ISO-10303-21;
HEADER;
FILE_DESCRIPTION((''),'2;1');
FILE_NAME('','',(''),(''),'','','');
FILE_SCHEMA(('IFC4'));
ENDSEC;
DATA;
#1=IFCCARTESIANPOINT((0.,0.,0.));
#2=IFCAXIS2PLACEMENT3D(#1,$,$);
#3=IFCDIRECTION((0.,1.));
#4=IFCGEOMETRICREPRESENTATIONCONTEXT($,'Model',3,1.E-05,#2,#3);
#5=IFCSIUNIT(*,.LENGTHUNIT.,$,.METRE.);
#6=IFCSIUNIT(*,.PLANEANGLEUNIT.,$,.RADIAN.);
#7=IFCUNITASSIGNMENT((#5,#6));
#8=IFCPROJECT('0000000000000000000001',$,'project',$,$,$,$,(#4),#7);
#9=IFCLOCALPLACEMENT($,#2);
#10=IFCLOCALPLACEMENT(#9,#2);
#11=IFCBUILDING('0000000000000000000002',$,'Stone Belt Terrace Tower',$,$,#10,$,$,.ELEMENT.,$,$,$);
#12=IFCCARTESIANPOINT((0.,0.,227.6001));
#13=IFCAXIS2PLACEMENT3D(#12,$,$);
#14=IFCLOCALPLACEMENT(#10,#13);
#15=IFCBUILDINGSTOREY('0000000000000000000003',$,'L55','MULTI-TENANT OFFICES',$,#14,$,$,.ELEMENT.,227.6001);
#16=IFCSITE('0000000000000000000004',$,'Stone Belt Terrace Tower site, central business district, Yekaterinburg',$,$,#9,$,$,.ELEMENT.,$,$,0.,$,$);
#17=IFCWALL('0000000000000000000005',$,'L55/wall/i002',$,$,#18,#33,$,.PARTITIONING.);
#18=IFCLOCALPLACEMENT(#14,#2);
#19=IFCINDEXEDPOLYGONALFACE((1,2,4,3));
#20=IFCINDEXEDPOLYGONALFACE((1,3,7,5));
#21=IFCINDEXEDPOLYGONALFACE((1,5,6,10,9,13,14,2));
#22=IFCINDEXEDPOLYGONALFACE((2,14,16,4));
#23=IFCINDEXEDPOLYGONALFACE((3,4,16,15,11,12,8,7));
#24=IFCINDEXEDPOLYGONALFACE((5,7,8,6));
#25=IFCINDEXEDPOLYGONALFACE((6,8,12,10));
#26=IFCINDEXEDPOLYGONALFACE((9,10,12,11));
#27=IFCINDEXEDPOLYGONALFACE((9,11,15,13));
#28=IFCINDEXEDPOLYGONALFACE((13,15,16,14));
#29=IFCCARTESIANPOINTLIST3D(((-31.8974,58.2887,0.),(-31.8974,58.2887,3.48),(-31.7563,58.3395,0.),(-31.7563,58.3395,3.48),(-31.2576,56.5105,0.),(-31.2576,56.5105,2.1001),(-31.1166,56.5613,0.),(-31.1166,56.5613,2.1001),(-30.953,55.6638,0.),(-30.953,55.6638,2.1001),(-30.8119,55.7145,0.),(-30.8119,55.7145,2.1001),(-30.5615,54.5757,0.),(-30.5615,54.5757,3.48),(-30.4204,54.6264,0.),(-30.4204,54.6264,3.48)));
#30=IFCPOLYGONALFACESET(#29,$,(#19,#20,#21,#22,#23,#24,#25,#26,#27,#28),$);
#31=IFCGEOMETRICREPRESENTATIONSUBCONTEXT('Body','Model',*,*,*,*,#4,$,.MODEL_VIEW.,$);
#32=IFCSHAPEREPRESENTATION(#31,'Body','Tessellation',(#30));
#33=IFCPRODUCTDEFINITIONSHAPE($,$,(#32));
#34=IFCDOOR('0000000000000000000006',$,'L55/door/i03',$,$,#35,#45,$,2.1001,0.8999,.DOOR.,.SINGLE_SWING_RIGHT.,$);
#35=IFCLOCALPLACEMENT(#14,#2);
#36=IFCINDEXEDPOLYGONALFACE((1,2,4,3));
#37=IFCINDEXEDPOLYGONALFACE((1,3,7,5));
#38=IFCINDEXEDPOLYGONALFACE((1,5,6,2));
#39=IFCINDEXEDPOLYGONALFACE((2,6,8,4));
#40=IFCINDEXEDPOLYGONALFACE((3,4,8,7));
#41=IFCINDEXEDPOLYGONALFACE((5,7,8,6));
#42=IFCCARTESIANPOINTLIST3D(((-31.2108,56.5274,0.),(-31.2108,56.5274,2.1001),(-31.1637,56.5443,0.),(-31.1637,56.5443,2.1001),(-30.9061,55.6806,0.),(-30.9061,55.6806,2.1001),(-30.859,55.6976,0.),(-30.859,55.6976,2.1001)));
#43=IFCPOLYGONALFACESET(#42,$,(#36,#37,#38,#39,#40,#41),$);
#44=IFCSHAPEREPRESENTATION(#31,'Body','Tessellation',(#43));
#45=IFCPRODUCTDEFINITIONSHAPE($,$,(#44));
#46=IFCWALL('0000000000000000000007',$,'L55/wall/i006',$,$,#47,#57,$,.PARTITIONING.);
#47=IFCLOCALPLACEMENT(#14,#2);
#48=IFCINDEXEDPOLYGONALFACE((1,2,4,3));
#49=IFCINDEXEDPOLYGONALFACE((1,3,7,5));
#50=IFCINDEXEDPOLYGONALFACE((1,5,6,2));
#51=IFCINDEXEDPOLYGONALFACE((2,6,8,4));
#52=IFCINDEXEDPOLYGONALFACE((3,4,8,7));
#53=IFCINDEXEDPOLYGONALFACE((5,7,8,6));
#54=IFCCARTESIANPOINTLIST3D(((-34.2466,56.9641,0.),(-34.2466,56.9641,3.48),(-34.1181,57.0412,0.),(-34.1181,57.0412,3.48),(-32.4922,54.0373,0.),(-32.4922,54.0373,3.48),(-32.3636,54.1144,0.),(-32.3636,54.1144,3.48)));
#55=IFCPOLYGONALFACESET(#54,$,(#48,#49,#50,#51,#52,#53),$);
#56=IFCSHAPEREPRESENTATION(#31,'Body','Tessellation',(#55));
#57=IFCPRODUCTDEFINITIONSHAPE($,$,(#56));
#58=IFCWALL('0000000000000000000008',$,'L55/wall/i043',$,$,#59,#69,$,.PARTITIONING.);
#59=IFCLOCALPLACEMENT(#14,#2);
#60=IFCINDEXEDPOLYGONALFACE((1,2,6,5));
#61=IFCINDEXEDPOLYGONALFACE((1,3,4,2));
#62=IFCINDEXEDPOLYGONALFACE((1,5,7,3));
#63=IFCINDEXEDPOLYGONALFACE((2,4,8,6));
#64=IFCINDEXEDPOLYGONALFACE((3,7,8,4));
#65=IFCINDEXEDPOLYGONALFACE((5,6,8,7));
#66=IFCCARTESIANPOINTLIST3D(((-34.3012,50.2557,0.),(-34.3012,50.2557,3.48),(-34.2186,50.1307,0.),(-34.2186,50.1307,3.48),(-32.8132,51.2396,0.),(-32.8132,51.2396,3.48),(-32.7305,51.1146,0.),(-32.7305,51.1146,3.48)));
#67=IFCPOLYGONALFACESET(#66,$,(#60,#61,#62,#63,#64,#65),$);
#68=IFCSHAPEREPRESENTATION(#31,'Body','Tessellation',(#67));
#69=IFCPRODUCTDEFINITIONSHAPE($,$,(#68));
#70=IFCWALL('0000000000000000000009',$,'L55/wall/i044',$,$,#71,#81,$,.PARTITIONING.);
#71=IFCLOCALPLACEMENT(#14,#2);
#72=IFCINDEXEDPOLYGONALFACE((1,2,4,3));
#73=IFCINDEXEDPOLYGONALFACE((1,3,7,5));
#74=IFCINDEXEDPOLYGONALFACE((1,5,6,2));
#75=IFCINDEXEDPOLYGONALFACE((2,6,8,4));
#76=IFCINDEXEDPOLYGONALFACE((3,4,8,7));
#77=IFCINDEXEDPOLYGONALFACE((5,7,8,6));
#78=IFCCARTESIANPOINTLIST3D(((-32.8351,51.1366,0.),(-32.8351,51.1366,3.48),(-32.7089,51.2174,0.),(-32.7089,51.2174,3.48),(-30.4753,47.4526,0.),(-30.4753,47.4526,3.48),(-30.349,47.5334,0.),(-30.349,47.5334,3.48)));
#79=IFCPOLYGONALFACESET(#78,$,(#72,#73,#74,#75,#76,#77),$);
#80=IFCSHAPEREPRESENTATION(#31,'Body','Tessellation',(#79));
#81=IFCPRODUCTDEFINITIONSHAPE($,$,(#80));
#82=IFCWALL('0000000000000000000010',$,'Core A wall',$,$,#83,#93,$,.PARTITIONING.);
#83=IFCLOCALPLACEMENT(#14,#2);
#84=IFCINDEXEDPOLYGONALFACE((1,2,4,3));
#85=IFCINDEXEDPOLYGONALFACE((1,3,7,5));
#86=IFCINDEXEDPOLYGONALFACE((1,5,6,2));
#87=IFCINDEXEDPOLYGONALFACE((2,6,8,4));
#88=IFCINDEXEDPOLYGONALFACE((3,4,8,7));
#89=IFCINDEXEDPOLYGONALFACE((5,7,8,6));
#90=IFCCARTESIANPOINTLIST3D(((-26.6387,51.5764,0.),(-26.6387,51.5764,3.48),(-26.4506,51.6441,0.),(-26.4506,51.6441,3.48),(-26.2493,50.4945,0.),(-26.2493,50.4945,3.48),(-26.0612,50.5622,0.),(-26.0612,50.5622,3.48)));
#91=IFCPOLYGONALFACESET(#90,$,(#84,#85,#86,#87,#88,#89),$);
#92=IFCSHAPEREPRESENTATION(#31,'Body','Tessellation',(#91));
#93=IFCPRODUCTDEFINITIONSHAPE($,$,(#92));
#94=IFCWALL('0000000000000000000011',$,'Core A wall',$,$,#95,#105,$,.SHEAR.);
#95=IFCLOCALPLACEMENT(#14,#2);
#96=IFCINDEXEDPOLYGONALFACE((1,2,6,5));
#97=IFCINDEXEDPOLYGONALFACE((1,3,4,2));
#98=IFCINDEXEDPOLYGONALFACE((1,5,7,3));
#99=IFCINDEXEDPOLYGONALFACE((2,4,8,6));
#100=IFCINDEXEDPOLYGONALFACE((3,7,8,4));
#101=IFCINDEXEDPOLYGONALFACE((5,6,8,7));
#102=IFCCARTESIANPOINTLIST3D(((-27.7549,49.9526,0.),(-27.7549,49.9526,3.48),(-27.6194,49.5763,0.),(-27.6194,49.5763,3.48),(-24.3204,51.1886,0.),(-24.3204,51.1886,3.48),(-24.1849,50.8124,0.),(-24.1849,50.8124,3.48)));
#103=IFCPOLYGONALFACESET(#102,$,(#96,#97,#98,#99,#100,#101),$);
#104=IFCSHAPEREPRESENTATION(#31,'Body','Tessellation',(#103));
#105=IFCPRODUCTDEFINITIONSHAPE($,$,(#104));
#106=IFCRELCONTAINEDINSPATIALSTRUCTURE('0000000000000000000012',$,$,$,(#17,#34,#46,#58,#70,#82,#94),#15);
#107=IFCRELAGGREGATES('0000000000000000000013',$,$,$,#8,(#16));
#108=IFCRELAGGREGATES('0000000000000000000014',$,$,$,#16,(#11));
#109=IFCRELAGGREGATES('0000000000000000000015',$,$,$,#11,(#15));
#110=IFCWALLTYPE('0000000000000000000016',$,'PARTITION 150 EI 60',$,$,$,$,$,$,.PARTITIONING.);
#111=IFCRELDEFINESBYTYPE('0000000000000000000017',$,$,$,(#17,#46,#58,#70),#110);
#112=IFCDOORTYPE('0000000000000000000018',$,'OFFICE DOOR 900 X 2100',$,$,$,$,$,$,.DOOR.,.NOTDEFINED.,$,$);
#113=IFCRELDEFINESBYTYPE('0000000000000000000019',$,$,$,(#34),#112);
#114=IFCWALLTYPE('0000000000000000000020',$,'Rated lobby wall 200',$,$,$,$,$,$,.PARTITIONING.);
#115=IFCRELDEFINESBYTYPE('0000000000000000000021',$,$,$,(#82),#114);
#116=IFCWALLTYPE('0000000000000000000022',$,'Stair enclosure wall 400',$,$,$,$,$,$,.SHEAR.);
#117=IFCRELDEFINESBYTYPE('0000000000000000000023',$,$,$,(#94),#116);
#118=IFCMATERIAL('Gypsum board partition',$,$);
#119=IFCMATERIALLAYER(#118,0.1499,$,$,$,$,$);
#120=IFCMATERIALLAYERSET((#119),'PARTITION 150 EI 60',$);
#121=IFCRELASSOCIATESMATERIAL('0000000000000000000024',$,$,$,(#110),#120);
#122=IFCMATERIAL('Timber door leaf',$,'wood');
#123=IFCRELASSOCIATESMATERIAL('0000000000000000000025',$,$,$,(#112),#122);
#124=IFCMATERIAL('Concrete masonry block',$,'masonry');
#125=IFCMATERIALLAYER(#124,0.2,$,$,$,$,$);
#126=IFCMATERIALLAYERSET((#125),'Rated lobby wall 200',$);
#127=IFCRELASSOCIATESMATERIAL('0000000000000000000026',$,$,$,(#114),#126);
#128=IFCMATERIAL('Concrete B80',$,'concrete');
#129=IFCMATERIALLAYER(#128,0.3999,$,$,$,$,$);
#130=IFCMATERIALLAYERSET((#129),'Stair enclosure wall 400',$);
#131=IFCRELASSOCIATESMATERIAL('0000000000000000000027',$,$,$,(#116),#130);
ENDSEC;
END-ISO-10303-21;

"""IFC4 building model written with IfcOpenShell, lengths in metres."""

from ifc_helpers import new_model, si_unit, direction, frame, frame_2d, origin, place, context, subcontext, project, spatial, rectangle, extrude, material, layer, layer_set, type_object, element, fill, save


model = new_model("IFC4")

# Units and contexts
model_context = context("Model", 3, precision=1e-05, world=origin(), true_north=direction((0.0, 1.0)))
body_context = subcontext(model_context, "Body", "Model", "MODEL_VIEW")
ifc_project = project(units=[si_unit("LENGTHUNIT", "METRE"), si_unit("PLANEANGLEUNIT", "RADIAN")], contexts=[model_context])

# Site, building, storey
site_placement = place(None, origin())
site = spatial("IfcSite", under=ifc_project, at=site_placement, Name="Stone Belt Terrace Tower site, central business district, Yekaterinburg", CompositionType="ELEMENT", RefElevation=0.0)
building_placement = place(site_placement, origin())
building = spatial("IfcBuilding", under=site, at=building_placement, Name="Stone Belt Terrace Tower", CompositionType="ELEMENT")
storey_placement = place(building_placement, frame((0.0, 0.0, 227.6001)))
storey = spatial("IfcBuildingStorey", under=building, at=storey_placement, Name="L55", Description="MULTI-TENANT OFFICES", CompositionType="ELEMENT", Elevation=227.6001)

# Shared definitions
ifc_material_1 = material(Name="Timber door leaf", Category="wood")

# Shared definitions
ifc_material_2 = material(Name="Concrete B80", Category="concrete")

# Wall, opening, door
ifc_material_3 = material(Name="Gypsum board partition")
ifc_layer_1 = layer(ifc_material_3, 0.1499)
ifc_layer_set_1 = layer_set([ifc_layer_1], Name="PARTITION 150 EI 60")
wall_type_1 = type_object("IfcWallType", Name="PARTITION 150 EI 60", PredefinedType="PARTITIONING", material=ifc_layer_set_1)
wall_1_placement = place(storey_placement, frame((-31.8269, 58.3142, 0.0), z_axis=(0.0, 0.0, 1.0), x_axis=(0.338542, -0.940951, 0.0)))
wall_1 = element("IfcWall", 1, at=wall_1_placement, inside=storey, type_object=wall_type_1, Name="L55/wall/i002", PredefinedType="PARTITIONING", context=body_context, shape_type="SweptSolid", body=[
    extrude(rectangle(XDim=3.946, YDim=0.1499, at=frame_2d((1.9731, 0.0))), origin(), (0.0, 0.0, 1.0), 3.48),
])
opening_1_placement = place(wall_1_placement, frame((1.8899, 0.0, 0.0)))
opening_1 = element("IfcOpeningElement", 2, at=opening_1_placement, cuts=wall_1, PredefinedType="OPENING", context=body_context, shape_type="SweptSolid", body=[
    extrude(rectangle(XDim=0.8999, YDim=2.1001, at=frame_2d((0.45, 1.05))), frame((0.0, 0.085, 0.0), z_axis=(0.0, -1.0, 0.0), x_axis=(1.0, 0.0, 0.0)), (0.0, 0.0, 1.0), 0.1699),
])
door_type_1 = type_object("IfcDoorType", Name="OFFICE DOOR 900 X 2100", OperationType="NOTDEFINED", PredefinedType="DOOR", material=ifc_material_1)
door_1_placement = place(opening_1_placement, origin())
door_1 = element("IfcDoor", 3, at=door_1_placement, inside=storey, type_object=door_type_1, Name="L55/door/i03", OperationType="SINGLE_SWING_RIGHT", OverallHeight=2.1001, OverallWidth=0.8999, PredefinedType="DOOR", context=body_context, shape_type="SweptSolid", body=[
    extrude(rectangle(XDim=0.8999, YDim=2.1001, at=frame_2d((0.45, 1.05))), frame((0.0, 0.0249, 0.0), z_axis=(0.0, -1.0, 0.0), x_axis=(1.0, 0.0, 0.0)), (0.0, 0.0, 1.0), 0.05),
])
fill(opening_1, door_1)

# Walls
wall_2_placement = place(storey_placement, frame((-32.428, 54.0759, 0.0), z_axis=(0.0, 0.0, 1.0), x_axis=(-0.514138, 0.857707, 0.0)))
element("IfcWall", 4, at=wall_2_placement, inside=storey, type_object=wall_type_1, Name="L55/wall/i006", PredefinedType="PARTITIONING", context=body_context, shape_type="SweptSolid", body=[
    extrude(rectangle(XDim=3.4124, YDim=0.1499, at=frame_2d((1.7061, 0.0))), origin(), (0.0, 0.0, 1.0), 3.48),
])
wall_3_placement = place(storey_placement, frame((-34.26, 50.1931, 0.0), z_axis=(0.0, 0.0, 1.0), x_axis=(0.83415, 0.551538, 0.0)))
element("IfcWall", 5, at=wall_3_placement, inside=storey, type_object=wall_type_1, Name="L55/wall/i043", PredefinedType="PARTITIONING", context=body_context, shape_type="SweptSolid", body=[
    extrude(rectangle(XDim=1.7839, YDim=0.1499, at=frame_2d((0.8921, 0.0))), origin(), (0.0, 0.0, 1.0), 3.48),
])
wall_4_placement = place(storey_placement, frame((-32.772, 51.177, 0.0), z_axis=(0.0, 0.0, 1.0), x_axis=(0.539386, -0.842059, 0.0)))
element("IfcWall", 6, at=wall_4_placement, inside=storey, type_object=wall_type_1, Name="L55/wall/i044", PredefinedType="PARTITIONING", context=body_context, shape_type="SweptSolid", body=[
    extrude(rectangle(XDim=4.375, YDim=0.1499, at=frame_2d((2.1875, 0.0))), origin(), (0.0, 0.0, 1.0), 3.48),
])
ifc_material_4 = material(Name="Concrete masonry block", Category="masonry")
ifc_layer_2 = layer(ifc_material_4, 0.2)
ifc_layer_set_2 = layer_set([ifc_layer_2], Name="Rated lobby wall 200")
wall_type_2 = type_object("IfcWallType", Name="Rated lobby wall 200", PredefinedType="PARTITIONING", material=ifc_layer_set_2)
wall_5_placement = place(storey_placement, frame((-26.1553, 50.5283, 0.0), z_axis=(0.0, 0.0, 1.0), x_axis=(-0.338622, 0.940923, 0.0)))
element("IfcWall", 7, at=wall_5_placement, inside=storey, type_object=wall_type_2, Name="Core A wall", PredefinedType="PARTITIONING", context=body_context, shape_type="SweptSolid", body=[
    extrude(rectangle(XDim=1.1499, YDim=0.2, at=frame_2d((0.575, 0.0))), origin(), (0.0, 0.0, 1.0), 3.48),
])
ifc_layer_3 = layer(ifc_material_2, 0.3999)
ifc_layer_set_3 = layer_set([ifc_layer_3], Name="Stair enclosure wall 400")
wall_type_3 = type_object("IfcWallType", Name="Stair enclosure wall 400", PredefinedType="SHEAR", material=ifc_layer_set_3)
wall_6_placement = place(storey_placement, frame((-27.6873, 49.7644, 0.0), z_axis=(0.0, 0.0, 1.0), x_axis=(0.940919, 0.338632, 0.0)))
element("IfcWall", 8, at=wall_6_placement, inside=storey, type_object=wall_type_3, Name="Core A wall", PredefinedType="SHEAR", context=body_context, shape_type="SweptSolid", body=[
    extrude(rectangle(XDim=3.6501, YDim=0.3999, at=frame_2d((1.8252, 0.0))), origin(), (0.0, 0.0, 1.0), 3.48),
])

save(model, "model.ifc")
